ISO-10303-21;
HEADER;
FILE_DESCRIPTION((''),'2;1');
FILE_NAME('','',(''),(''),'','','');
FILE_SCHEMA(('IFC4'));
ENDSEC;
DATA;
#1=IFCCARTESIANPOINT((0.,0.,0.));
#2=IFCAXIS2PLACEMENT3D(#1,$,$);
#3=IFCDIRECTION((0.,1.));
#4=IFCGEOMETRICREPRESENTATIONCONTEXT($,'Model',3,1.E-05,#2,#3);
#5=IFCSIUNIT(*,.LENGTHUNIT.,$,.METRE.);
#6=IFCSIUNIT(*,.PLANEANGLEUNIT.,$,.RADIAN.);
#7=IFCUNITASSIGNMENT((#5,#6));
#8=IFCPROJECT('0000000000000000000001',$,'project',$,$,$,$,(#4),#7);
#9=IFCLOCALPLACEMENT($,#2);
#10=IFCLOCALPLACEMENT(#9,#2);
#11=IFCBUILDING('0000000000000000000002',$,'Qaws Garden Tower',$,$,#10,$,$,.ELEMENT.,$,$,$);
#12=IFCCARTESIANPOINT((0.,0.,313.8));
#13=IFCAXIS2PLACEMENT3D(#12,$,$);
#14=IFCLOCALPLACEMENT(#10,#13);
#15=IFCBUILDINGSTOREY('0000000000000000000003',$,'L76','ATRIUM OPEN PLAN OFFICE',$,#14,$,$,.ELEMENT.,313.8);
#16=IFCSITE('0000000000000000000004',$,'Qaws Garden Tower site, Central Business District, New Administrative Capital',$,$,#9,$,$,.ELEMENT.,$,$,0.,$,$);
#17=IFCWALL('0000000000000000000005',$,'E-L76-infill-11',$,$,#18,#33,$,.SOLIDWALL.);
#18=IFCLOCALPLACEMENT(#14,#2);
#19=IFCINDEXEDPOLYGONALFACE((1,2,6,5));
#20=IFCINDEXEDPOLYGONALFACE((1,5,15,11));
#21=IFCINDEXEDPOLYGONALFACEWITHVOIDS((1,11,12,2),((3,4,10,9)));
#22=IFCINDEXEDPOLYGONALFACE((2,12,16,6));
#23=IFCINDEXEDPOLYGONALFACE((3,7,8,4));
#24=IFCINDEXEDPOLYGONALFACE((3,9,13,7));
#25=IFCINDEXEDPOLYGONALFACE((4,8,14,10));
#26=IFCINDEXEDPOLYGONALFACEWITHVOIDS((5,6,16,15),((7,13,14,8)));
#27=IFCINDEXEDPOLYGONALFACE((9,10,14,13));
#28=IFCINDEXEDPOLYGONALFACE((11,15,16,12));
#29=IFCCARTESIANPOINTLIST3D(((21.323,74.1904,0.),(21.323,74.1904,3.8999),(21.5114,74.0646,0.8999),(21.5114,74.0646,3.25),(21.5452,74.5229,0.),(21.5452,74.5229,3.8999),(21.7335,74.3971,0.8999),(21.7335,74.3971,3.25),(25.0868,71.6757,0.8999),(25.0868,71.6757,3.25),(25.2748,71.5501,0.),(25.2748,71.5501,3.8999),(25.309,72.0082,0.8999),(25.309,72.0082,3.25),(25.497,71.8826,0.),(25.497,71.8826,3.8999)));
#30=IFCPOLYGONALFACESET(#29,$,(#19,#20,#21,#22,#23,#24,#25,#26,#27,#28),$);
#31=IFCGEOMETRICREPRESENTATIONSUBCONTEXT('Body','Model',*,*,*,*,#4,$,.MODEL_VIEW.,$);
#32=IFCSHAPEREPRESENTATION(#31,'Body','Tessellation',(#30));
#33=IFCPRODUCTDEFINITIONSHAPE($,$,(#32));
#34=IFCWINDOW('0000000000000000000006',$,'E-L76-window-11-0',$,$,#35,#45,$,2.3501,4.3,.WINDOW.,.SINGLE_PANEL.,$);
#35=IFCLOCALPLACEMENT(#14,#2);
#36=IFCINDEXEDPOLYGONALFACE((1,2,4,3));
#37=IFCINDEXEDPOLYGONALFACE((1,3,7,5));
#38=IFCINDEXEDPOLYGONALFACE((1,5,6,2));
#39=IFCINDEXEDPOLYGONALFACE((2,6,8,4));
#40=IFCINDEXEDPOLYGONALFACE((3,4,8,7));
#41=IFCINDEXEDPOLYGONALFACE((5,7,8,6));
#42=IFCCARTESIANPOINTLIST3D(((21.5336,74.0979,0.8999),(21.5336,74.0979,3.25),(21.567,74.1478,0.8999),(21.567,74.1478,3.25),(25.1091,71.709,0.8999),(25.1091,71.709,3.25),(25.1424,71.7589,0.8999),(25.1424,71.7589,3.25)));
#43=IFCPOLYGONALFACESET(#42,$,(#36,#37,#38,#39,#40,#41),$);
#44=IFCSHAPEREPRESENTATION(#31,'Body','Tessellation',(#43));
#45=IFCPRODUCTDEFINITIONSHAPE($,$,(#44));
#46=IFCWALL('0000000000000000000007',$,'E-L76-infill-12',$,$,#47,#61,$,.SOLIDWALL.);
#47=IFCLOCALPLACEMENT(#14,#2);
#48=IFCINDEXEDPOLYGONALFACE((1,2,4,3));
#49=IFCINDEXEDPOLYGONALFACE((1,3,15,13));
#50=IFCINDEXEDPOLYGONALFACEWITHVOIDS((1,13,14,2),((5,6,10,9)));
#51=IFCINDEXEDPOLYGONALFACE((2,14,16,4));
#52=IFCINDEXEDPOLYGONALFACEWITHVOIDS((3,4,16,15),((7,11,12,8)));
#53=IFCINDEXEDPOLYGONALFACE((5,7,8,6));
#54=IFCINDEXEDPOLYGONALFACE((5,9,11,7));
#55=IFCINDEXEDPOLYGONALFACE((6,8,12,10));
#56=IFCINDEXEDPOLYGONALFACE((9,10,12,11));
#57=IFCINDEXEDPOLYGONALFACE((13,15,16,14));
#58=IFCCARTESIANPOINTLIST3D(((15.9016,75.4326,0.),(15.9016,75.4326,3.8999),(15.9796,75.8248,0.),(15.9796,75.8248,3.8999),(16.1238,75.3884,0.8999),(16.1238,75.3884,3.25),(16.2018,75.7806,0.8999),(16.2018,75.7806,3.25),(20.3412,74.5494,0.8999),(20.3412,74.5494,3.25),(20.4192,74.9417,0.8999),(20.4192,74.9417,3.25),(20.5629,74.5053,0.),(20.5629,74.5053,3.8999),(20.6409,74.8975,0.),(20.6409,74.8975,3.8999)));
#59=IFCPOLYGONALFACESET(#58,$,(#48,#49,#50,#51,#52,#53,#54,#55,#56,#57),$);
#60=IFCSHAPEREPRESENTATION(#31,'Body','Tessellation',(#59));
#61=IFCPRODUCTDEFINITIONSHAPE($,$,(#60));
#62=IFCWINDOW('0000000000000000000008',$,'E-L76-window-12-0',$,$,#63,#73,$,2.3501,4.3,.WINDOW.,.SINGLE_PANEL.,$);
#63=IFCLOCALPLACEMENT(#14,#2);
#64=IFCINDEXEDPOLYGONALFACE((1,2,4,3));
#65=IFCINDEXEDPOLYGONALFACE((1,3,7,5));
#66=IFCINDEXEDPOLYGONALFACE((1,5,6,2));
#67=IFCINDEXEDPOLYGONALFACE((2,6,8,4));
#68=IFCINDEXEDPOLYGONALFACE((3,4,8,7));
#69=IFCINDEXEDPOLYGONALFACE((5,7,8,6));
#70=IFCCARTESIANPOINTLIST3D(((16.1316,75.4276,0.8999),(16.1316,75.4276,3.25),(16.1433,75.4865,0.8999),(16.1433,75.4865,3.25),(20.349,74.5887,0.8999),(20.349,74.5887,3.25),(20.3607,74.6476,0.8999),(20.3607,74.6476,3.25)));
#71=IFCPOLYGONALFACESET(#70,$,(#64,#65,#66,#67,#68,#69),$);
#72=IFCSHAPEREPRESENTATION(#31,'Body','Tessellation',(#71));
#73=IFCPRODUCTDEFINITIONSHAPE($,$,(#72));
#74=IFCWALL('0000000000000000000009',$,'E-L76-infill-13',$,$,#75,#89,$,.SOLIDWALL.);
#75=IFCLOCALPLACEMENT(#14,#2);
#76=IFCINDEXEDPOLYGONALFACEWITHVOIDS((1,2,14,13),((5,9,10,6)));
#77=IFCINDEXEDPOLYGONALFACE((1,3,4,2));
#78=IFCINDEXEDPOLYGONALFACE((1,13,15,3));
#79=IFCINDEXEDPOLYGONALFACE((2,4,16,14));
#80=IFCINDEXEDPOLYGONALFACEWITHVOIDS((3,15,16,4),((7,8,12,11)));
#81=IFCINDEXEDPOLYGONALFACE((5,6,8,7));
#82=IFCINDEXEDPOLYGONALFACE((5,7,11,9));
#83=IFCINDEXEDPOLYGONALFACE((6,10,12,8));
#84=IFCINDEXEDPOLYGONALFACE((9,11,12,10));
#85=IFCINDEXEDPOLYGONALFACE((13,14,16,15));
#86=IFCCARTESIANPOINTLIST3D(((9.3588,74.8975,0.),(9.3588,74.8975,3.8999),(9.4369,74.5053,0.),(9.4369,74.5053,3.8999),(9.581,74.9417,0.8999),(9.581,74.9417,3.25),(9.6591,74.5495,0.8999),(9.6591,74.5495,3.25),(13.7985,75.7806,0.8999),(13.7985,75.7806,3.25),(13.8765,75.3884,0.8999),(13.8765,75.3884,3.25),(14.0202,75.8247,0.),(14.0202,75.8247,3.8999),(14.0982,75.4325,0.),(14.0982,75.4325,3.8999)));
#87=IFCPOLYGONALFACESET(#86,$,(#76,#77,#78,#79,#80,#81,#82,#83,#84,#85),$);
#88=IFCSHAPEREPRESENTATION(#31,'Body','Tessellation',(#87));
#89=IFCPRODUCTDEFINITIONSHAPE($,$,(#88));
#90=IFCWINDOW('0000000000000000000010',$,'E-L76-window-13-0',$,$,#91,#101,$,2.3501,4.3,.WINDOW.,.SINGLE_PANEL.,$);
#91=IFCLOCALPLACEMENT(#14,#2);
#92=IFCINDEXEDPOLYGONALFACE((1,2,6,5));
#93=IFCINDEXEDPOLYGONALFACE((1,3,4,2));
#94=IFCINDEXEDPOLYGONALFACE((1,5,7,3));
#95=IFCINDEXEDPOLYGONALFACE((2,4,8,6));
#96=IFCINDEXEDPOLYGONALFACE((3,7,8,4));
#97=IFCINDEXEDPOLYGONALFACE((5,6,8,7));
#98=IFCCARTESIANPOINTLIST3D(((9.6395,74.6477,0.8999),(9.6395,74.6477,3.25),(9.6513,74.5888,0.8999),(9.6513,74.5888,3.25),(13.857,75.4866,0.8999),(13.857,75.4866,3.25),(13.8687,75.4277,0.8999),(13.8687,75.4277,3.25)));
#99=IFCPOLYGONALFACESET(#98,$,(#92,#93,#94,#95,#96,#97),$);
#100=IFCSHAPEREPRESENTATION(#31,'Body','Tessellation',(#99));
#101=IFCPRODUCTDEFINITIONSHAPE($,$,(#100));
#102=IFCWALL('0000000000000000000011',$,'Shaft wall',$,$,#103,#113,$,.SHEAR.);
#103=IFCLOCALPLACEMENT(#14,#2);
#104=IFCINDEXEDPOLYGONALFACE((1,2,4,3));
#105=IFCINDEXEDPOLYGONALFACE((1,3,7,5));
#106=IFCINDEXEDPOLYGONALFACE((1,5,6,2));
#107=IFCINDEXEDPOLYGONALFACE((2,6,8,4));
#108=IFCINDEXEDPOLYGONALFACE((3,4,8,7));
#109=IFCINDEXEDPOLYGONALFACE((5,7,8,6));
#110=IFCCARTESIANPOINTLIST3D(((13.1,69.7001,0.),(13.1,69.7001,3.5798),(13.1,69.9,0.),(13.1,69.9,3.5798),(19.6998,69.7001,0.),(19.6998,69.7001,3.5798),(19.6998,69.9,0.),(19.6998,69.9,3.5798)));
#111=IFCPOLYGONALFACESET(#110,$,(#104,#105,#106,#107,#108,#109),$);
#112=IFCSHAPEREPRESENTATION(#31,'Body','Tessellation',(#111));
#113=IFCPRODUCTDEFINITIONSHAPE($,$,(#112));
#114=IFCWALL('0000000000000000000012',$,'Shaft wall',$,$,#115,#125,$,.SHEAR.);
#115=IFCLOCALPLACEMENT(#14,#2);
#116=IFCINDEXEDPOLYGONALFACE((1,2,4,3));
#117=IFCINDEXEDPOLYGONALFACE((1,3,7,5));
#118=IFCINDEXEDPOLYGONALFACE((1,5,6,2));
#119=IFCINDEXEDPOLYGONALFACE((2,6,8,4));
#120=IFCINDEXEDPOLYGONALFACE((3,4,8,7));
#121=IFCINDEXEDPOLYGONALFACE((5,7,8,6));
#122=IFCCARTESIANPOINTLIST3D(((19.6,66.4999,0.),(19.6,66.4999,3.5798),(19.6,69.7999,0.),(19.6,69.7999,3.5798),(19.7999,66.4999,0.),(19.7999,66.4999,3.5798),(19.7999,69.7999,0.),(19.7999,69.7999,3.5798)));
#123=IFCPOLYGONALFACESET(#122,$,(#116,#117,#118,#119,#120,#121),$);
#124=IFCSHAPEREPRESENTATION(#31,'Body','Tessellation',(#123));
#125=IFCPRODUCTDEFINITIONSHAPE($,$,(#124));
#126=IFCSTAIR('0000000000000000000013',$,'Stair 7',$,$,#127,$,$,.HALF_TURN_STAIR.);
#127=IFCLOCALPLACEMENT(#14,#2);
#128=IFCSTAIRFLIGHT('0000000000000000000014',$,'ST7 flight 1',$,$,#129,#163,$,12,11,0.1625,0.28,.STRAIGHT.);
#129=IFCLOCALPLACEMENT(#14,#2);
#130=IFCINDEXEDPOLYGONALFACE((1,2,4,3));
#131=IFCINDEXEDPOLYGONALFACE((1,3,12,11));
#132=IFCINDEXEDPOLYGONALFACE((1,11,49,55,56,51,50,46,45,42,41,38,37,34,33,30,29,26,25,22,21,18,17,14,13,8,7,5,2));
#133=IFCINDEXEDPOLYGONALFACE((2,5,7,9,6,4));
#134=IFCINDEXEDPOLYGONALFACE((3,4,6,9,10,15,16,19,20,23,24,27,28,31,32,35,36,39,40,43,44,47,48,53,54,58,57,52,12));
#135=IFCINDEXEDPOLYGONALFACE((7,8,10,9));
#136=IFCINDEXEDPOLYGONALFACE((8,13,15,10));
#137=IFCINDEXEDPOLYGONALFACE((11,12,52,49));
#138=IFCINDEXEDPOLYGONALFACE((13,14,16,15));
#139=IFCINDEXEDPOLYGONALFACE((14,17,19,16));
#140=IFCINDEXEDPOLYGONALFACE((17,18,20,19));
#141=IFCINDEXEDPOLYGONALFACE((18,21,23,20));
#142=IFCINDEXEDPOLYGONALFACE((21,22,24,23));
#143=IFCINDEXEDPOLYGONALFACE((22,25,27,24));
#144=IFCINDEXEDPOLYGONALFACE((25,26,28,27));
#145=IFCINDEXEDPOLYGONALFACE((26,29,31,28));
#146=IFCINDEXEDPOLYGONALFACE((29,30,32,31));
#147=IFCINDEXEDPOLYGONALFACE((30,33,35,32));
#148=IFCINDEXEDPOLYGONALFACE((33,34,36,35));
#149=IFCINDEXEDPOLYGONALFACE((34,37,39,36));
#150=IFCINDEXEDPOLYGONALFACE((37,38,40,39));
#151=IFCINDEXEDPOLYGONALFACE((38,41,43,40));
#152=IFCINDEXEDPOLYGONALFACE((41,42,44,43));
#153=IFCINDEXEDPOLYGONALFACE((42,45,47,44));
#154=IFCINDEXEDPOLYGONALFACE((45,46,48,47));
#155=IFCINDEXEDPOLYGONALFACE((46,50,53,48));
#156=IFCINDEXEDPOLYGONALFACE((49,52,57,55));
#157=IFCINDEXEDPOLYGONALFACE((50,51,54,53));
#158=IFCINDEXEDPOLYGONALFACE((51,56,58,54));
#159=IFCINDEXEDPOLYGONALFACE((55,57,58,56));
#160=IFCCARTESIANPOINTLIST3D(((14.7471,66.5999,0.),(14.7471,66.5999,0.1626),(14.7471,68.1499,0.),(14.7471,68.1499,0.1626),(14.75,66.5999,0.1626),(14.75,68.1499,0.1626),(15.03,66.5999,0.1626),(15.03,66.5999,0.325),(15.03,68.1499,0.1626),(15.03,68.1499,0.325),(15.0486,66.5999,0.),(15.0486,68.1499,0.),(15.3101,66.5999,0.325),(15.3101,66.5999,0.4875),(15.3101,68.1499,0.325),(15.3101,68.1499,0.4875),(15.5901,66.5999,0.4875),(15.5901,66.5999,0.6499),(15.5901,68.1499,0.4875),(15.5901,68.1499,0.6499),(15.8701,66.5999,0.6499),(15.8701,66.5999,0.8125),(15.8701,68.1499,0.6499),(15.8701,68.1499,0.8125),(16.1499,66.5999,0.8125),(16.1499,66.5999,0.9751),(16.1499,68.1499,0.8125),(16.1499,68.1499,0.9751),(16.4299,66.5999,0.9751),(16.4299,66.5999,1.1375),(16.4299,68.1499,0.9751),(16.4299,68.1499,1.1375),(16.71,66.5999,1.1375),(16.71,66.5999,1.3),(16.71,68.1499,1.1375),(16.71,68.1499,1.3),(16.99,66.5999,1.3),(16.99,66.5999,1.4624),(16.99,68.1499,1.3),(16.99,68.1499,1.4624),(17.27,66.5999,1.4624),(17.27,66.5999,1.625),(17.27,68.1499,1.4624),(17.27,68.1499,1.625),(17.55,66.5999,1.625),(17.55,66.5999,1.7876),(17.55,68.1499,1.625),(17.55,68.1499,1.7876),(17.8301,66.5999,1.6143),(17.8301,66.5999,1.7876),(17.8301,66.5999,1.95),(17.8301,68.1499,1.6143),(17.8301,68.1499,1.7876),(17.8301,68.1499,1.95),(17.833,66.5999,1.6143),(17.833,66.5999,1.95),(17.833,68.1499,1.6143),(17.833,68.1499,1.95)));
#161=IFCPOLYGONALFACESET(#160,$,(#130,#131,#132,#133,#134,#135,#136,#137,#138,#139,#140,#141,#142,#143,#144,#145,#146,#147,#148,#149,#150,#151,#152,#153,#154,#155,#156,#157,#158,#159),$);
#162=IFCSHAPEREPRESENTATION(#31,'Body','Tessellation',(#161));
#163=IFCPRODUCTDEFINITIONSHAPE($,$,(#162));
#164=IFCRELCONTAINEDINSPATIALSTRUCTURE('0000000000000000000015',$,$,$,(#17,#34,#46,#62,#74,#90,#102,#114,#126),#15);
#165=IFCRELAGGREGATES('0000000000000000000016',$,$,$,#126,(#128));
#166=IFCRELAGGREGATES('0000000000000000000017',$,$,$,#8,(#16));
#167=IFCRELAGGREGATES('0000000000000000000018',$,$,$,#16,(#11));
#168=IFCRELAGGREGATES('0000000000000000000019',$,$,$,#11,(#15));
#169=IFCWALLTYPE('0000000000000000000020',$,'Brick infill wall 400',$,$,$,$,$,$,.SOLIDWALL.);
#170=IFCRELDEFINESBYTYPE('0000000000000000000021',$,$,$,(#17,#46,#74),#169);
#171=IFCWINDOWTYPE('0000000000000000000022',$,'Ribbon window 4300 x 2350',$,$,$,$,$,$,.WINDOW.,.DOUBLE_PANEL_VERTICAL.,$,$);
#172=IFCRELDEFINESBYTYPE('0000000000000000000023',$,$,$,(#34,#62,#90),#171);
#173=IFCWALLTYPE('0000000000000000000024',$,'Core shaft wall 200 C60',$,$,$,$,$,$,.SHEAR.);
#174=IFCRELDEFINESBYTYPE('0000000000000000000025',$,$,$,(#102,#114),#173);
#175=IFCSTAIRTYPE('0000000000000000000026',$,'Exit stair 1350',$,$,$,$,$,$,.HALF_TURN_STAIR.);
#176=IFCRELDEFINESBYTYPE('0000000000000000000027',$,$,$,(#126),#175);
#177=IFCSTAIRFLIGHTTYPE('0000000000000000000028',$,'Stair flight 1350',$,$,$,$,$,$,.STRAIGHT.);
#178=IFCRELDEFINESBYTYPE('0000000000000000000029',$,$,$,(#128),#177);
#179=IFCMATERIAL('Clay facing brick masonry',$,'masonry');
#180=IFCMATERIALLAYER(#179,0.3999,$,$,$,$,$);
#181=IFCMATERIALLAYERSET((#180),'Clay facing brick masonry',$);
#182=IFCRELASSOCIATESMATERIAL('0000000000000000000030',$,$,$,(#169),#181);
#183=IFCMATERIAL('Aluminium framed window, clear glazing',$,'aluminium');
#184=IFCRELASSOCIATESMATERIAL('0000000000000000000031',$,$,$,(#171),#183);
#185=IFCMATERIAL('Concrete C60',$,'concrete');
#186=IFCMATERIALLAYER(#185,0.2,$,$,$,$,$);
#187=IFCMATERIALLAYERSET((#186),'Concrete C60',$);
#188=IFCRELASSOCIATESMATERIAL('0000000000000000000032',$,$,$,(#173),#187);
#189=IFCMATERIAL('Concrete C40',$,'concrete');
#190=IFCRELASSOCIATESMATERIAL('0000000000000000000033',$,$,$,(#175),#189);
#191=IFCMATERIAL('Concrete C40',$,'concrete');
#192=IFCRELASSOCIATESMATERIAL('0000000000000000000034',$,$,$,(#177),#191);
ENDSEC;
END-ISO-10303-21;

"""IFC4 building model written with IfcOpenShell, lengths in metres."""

from ifc_helpers import new_model, si_unit, direction, frame, frame_2d, origin, place, context, subcontext, project, spatial, polyline, rectangle, outline, extrude, material, layer, layer_set, type_object, element, fill, aggregate, save


model = new_model("IFC4")

# Units and contexts
model_context = context("Model", 3, precision=1e-05, world=origin(), true_north=direction((0.0, 1.0)))
body_context = subcontext(model_context, "Body", "Model", "MODEL_VIEW")
ifc_project = project(units=[si_unit("LENGTHUNIT", "METRE"), si_unit("PLANEANGLEUNIT", "RADIAN")], contexts=[model_context])

# Site, building, storey
site_placement = place(None, origin())
site = spatial("IfcSite", under=ifc_project, at=site_placement, Name="Qaws Garden Tower site, Central Business District, New Administrative Capital", CompositionType="ELEMENT", RefElevation=0.0)
building_placement = place(site_placement, origin())
building = spatial("IfcBuilding", under=site, at=building_placement, Name="Qaws Garden Tower", CompositionType="ELEMENT")
storey_placement = place(building_placement, frame((0.0, 0.0, 313.8)))
storey = spatial("IfcBuildingStorey", under=building, at=storey_placement, Name="L76", Description="ATRIUM OPEN PLAN OFFICE", CompositionType="ELEMENT", Elevation=313.8)

# Walls, openings, windows
ifc_material_1 = material(Name="Clay facing brick masonry", Category="masonry")
ifc_layer_1 = layer(ifc_material_1, 0.3999)
ifc_layer_set_1 = layer_set([ifc_layer_1], Name="Clay facing brick masonry")
wall_type_1 = type_object("IfcWallType", Name="Brick infill wall 400", PredefinedType="SOLIDWALL", material=ifc_layer_set_1)
ifc_material_2 = material(Name="Aluminium framed window, clear glazing", Category="aluminium")
window_type = type_object("IfcWindowType", Name="Ribbon window 4300 x 2350", PartitioningType="DOUBLE_PANEL_VERTICAL", PredefinedType="WINDOW", material=ifc_material_2)
wall_1_placement = place(storey_placement, frame((25.386, 71.7163, 0.0), z_axis=(0.0, 0.0, 1.0), x_axis=(-0.831489, 0.555542, 0.0)))
wall_1 = element("IfcWall", 1, at=wall_1_placement, inside=storey, type_object=wall_type_1, Name="E-L76-infill-11", PredefinedType="SOLIDWALL", context=body_context, shape_type="SweptSolid", body=[
    extrude(rectangle(XDim=4.7527, YDim=0.3999, at=frame_2d((2.3765, 0.0))), origin(), (0.0, 0.0, 1.0), 3.8999),
])
opening_1_placement = place(wall_1_placement, frame((0.2263, 0.0, 0.8999)))
opening_1 = element("IfcOpeningElement", 2, at=opening_1_placement, cuts=wall_1, PredefinedType="OPENING", context=body_context, shape_type="SweptSolid", body=[
    extrude(rectangle(XDim=4.3, YDim=2.3501, at=frame_2d((2.1499, 1.175))), frame((0.0, 0.21, 0.0), z_axis=(0.0, -1.0, 0.0), x_axis=(1.0, 0.0, 0.0)), (0.0, 0.0, 1.0), 0.4199),
])
window_1_placement = place(opening_1_placement, origin())
window_1 = element("IfcWindow", 3, at=window_1_placement, inside=storey, type_object=window_type, Name="E-L76-window-11-0", OverallHeight=2.3501, OverallWidth=4.3, PartitioningType="SINGLE_PANEL", PredefinedType="WINDOW", context=body_context, shape_type="SweptSolid", body=[
    extrude(rectangle(XDim=4.3, YDim=2.3501, at=frame_2d((2.1499, 1.175))), frame((0.0, 0.1599, 0.0), z_axis=(0.0, -1.0, 0.0), x_axis=(1.0, 0.0, 0.0)), (0.0, 0.0, 1.0), 0.0601),
])
fill(opening_1, window_1)
wall_2_placement = place(storey_placement, frame((20.6021, 74.7014, 0.0), z_axis=(0.0, 0.0, 1.0), x_axis=(-0.980784, 0.195099, 0.0)))
wall_2 = element("IfcWall", 4, at=wall_2_placement, inside=storey, type_object=wall_type_1, Name="E-L76-infill-12", PredefinedType="SOLIDWALL", context=body_context, shape_type="SweptSolid", body=[
    extrude(rectangle(XDim=4.7527, YDim=0.3999, at=frame_2d((2.3765, 0.0))), origin(), (0.0, 0.0, 1.0), 3.8999),
])
opening_2_placement = place(wall_2_placement, frame((0.2263, 0.0, 0.8999)))
opening_2 = element("IfcOpeningElement", 5, at=opening_2_placement, cuts=wall_2, PredefinedType="OPENING", context=body_context, shape_type="SweptSolid", body=[
    extrude(rectangle(XDim=4.3, YDim=2.3501, at=frame_2d((2.1499, 1.175))), frame((0.0, 0.21, 0.0), z_axis=(0.0, -1.0, 0.0), x_axis=(1.0, 0.0, 0.0)), (0.0, 0.0, 1.0), 0.4199),
])
window_2_placement = place(opening_2_placement, origin())
window_2 = element("IfcWindow", 6, at=window_2_placement, inside=storey, type_object=window_type, Name="E-L76-window-12-0", OverallHeight=2.3501, OverallWidth=4.3, PartitioningType="SINGLE_PANEL", PredefinedType="WINDOW", context=body_context, shape_type="SweptSolid", body=[
    extrude(rectangle(XDim=4.3, YDim=2.3501, at=frame_2d((2.1499, 1.175))), frame((0.0, 0.1599, 0.0), z_axis=(0.0, -1.0, 0.0), x_axis=(1.0, 0.0, 0.0)), (0.0, 0.0, 1.0), 0.0601),
])
fill(opening_2, window_2)
wall_3_placement = place(storey_placement, frame((14.0593, 75.6287, 0.0), z_axis=(0.0, 0.0, 1.0), x_axis=(-0.980784, -0.195099, 0.0)))
wall_3 = element("IfcWall", 7, at=wall_3_placement, inside=storey, type_object=wall_type_1, Name="E-L76-infill-13", PredefinedType="SOLIDWALL", context=body_context, shape_type="SweptSolid", body=[
    extrude(rectangle(XDim=4.7527, YDim=0.3999, at=frame_2d((2.3765, 0.0))), origin(), (0.0, 0.0, 1.0), 3.8999),
])
opening_3_placement = place(wall_3_placement, frame((0.2263, 0.0, 0.8999)))
opening_3 = element("IfcOpeningElement", 8, at=opening_3_placement, cuts=wall_3, PredefinedType="OPENING", context=body_context, shape_type="SweptSolid", body=[
    extrude(rectangle(XDim=4.3, YDim=2.3501, at=frame_2d((2.1499, 1.175))), frame((0.0, 0.21, 0.0), z_axis=(0.0, -1.0, 0.0), x_axis=(1.0, 0.0, 0.0)), (0.0, 0.0, 1.0), 0.4199),
])
window_3_placement = place(opening_3_placement, origin())
window_3 = element("IfcWindow", 9, at=window_3_placement, inside=storey, type_object=window_type, Name="E-L76-window-13-0", OverallHeight=2.3501, OverallWidth=4.3, PartitioningType="SINGLE_PANEL", PredefinedType="WINDOW", context=body_context, shape_type="SweptSolid", body=[
    extrude(rectangle(XDim=4.3, YDim=2.3501, at=frame_2d((2.1499, 1.175))), frame((0.0, 0.1599, 0.0), z_axis=(0.0, -1.0, 0.0), x_axis=(1.0, 0.0, 0.0)), (0.0, 0.0, 1.0), 0.0601),
])
fill(opening_3, window_3)

# Walls
ifc_material_3 = material(Name="Concrete C60", Category="concrete")
ifc_layer_2 = layer(ifc_material_3, 0.2)
ifc_layer_set_2 = layer_set([ifc_layer_2], Name="Concrete C60")
wall_type_2 = type_object("IfcWallType", Name="Core shaft wall 200 C60", PredefinedType="SHEAR", material=ifc_layer_set_2)
wall_4_placement = place(storey_placement, frame((13.1001, 69.8, 0.0), z_axis=(0.0, 0.0, 1.0), x_axis=(1.0, 0.0, 0.0)))
element("IfcWall", 10, at=wall_4_placement, inside=storey, type_object=wall_type_2, Name="Shaft wall", PredefinedType="SHEAR", context=body_context, shape_type="SweptSolid", body=[
    extrude(rectangle(XDim=6.5999, YDim=0.2, at=frame_2d((3.2998, 0.0))), origin(), (0.0, 0.0, 1.0), 3.5798),
])
wall_5_placement = place(storey_placement, frame((19.7, 66.5, 0.0), z_axis=(0.0, 0.0, 1.0), x_axis=(0.0, 1.0, 0.0)))
element("IfcWall", 11, at=wall_5_placement, inside=storey, type_object=wall_type_2, Name="Shaft wall", PredefinedType="SHEAR", context=body_context, shape_type="SweptSolid", body=[
    extrude(rectangle(XDim=3.3, YDim=0.2, at=frame_2d((1.6499, 0.0))), origin(), (0.0, 0.0, 1.0), 3.5798),
])

# Stair, stair flight
ifc_material_4 = material(Name="Concrete C40", Category="concrete")
stair_type = type_object("IfcStairType", Name="Exit stair 1350", PredefinedType="HALF_TURN_STAIR", material=ifc_material_4)
stair_placement = place(storey_placement, origin())
stair = element("IfcStair", 12, at=stair_placement, inside=storey, type_object=stair_type, Name="Stair 7", PredefinedType="HALF_TURN_STAIR")
ifc_material_5 = material(Name="Concrete C40", Category="concrete")
stair_flight_type = type_object("IfcStairFlightType", Name="Stair flight 1350", PredefinedType="STRAIGHT", material=ifc_material_5)
stair_flight_1_placement = place(storey_placement, frame((14.75, 67.375, 0.0), z_axis=(0.0, 0.0, 1.0), x_axis=(1.0, 0.0, 0.0)))
stair_flight_1 = element("IfcStairFlight", 13, at=stair_flight_1_placement, type_object=stair_flight_type, Name="ST7 flight 1", NumberOfRisers=12, NumberOfTreads=11, PredefinedType="STRAIGHT", RiserHeight=0.1625, TreadLength=0.28, context=body_context, shape_type="SweptSolid", body=[
    extrude(outline(polyline([(-0.0029, 0.0), (-0.0029, 0.1626), (0.0, 0.1626), (0.28, 0.1626), (0.28, 0.325), (0.5601, 0.325), (0.5601, 0.4875), (0.8401, 0.4875), (0.8401, 0.6499), (1.1201, 0.6499), (1.1201, 0.8125), (1.3999, 0.8125), (1.3999, 0.9751), (1.6799, 0.9751), (1.6799, 1.1375), (1.96, 1.1375), (1.96, 1.3), (2.24, 1.3), (2.24, 1.4624), (2.52, 1.4624), (2.52, 1.625), (2.8, 1.625), (2.8, 1.7876), (3.0801, 1.7876), (3.0801, 1.95), (3.083, 1.95), (3.083, 1.6143), (3.0801, 1.6143), (0.2986, 0.0), (-0.0029, 0.0)])), frame((0.0, 0.7749, 0.0), z_axis=(0.0, -1.0, 0.0), x_axis=(1.0, 0.0, 0.0)), (0.0, 0.0, 1.0), 1.55),
])
aggregate(stair, [stair_flight_1])

save(model, "model.ifc")
